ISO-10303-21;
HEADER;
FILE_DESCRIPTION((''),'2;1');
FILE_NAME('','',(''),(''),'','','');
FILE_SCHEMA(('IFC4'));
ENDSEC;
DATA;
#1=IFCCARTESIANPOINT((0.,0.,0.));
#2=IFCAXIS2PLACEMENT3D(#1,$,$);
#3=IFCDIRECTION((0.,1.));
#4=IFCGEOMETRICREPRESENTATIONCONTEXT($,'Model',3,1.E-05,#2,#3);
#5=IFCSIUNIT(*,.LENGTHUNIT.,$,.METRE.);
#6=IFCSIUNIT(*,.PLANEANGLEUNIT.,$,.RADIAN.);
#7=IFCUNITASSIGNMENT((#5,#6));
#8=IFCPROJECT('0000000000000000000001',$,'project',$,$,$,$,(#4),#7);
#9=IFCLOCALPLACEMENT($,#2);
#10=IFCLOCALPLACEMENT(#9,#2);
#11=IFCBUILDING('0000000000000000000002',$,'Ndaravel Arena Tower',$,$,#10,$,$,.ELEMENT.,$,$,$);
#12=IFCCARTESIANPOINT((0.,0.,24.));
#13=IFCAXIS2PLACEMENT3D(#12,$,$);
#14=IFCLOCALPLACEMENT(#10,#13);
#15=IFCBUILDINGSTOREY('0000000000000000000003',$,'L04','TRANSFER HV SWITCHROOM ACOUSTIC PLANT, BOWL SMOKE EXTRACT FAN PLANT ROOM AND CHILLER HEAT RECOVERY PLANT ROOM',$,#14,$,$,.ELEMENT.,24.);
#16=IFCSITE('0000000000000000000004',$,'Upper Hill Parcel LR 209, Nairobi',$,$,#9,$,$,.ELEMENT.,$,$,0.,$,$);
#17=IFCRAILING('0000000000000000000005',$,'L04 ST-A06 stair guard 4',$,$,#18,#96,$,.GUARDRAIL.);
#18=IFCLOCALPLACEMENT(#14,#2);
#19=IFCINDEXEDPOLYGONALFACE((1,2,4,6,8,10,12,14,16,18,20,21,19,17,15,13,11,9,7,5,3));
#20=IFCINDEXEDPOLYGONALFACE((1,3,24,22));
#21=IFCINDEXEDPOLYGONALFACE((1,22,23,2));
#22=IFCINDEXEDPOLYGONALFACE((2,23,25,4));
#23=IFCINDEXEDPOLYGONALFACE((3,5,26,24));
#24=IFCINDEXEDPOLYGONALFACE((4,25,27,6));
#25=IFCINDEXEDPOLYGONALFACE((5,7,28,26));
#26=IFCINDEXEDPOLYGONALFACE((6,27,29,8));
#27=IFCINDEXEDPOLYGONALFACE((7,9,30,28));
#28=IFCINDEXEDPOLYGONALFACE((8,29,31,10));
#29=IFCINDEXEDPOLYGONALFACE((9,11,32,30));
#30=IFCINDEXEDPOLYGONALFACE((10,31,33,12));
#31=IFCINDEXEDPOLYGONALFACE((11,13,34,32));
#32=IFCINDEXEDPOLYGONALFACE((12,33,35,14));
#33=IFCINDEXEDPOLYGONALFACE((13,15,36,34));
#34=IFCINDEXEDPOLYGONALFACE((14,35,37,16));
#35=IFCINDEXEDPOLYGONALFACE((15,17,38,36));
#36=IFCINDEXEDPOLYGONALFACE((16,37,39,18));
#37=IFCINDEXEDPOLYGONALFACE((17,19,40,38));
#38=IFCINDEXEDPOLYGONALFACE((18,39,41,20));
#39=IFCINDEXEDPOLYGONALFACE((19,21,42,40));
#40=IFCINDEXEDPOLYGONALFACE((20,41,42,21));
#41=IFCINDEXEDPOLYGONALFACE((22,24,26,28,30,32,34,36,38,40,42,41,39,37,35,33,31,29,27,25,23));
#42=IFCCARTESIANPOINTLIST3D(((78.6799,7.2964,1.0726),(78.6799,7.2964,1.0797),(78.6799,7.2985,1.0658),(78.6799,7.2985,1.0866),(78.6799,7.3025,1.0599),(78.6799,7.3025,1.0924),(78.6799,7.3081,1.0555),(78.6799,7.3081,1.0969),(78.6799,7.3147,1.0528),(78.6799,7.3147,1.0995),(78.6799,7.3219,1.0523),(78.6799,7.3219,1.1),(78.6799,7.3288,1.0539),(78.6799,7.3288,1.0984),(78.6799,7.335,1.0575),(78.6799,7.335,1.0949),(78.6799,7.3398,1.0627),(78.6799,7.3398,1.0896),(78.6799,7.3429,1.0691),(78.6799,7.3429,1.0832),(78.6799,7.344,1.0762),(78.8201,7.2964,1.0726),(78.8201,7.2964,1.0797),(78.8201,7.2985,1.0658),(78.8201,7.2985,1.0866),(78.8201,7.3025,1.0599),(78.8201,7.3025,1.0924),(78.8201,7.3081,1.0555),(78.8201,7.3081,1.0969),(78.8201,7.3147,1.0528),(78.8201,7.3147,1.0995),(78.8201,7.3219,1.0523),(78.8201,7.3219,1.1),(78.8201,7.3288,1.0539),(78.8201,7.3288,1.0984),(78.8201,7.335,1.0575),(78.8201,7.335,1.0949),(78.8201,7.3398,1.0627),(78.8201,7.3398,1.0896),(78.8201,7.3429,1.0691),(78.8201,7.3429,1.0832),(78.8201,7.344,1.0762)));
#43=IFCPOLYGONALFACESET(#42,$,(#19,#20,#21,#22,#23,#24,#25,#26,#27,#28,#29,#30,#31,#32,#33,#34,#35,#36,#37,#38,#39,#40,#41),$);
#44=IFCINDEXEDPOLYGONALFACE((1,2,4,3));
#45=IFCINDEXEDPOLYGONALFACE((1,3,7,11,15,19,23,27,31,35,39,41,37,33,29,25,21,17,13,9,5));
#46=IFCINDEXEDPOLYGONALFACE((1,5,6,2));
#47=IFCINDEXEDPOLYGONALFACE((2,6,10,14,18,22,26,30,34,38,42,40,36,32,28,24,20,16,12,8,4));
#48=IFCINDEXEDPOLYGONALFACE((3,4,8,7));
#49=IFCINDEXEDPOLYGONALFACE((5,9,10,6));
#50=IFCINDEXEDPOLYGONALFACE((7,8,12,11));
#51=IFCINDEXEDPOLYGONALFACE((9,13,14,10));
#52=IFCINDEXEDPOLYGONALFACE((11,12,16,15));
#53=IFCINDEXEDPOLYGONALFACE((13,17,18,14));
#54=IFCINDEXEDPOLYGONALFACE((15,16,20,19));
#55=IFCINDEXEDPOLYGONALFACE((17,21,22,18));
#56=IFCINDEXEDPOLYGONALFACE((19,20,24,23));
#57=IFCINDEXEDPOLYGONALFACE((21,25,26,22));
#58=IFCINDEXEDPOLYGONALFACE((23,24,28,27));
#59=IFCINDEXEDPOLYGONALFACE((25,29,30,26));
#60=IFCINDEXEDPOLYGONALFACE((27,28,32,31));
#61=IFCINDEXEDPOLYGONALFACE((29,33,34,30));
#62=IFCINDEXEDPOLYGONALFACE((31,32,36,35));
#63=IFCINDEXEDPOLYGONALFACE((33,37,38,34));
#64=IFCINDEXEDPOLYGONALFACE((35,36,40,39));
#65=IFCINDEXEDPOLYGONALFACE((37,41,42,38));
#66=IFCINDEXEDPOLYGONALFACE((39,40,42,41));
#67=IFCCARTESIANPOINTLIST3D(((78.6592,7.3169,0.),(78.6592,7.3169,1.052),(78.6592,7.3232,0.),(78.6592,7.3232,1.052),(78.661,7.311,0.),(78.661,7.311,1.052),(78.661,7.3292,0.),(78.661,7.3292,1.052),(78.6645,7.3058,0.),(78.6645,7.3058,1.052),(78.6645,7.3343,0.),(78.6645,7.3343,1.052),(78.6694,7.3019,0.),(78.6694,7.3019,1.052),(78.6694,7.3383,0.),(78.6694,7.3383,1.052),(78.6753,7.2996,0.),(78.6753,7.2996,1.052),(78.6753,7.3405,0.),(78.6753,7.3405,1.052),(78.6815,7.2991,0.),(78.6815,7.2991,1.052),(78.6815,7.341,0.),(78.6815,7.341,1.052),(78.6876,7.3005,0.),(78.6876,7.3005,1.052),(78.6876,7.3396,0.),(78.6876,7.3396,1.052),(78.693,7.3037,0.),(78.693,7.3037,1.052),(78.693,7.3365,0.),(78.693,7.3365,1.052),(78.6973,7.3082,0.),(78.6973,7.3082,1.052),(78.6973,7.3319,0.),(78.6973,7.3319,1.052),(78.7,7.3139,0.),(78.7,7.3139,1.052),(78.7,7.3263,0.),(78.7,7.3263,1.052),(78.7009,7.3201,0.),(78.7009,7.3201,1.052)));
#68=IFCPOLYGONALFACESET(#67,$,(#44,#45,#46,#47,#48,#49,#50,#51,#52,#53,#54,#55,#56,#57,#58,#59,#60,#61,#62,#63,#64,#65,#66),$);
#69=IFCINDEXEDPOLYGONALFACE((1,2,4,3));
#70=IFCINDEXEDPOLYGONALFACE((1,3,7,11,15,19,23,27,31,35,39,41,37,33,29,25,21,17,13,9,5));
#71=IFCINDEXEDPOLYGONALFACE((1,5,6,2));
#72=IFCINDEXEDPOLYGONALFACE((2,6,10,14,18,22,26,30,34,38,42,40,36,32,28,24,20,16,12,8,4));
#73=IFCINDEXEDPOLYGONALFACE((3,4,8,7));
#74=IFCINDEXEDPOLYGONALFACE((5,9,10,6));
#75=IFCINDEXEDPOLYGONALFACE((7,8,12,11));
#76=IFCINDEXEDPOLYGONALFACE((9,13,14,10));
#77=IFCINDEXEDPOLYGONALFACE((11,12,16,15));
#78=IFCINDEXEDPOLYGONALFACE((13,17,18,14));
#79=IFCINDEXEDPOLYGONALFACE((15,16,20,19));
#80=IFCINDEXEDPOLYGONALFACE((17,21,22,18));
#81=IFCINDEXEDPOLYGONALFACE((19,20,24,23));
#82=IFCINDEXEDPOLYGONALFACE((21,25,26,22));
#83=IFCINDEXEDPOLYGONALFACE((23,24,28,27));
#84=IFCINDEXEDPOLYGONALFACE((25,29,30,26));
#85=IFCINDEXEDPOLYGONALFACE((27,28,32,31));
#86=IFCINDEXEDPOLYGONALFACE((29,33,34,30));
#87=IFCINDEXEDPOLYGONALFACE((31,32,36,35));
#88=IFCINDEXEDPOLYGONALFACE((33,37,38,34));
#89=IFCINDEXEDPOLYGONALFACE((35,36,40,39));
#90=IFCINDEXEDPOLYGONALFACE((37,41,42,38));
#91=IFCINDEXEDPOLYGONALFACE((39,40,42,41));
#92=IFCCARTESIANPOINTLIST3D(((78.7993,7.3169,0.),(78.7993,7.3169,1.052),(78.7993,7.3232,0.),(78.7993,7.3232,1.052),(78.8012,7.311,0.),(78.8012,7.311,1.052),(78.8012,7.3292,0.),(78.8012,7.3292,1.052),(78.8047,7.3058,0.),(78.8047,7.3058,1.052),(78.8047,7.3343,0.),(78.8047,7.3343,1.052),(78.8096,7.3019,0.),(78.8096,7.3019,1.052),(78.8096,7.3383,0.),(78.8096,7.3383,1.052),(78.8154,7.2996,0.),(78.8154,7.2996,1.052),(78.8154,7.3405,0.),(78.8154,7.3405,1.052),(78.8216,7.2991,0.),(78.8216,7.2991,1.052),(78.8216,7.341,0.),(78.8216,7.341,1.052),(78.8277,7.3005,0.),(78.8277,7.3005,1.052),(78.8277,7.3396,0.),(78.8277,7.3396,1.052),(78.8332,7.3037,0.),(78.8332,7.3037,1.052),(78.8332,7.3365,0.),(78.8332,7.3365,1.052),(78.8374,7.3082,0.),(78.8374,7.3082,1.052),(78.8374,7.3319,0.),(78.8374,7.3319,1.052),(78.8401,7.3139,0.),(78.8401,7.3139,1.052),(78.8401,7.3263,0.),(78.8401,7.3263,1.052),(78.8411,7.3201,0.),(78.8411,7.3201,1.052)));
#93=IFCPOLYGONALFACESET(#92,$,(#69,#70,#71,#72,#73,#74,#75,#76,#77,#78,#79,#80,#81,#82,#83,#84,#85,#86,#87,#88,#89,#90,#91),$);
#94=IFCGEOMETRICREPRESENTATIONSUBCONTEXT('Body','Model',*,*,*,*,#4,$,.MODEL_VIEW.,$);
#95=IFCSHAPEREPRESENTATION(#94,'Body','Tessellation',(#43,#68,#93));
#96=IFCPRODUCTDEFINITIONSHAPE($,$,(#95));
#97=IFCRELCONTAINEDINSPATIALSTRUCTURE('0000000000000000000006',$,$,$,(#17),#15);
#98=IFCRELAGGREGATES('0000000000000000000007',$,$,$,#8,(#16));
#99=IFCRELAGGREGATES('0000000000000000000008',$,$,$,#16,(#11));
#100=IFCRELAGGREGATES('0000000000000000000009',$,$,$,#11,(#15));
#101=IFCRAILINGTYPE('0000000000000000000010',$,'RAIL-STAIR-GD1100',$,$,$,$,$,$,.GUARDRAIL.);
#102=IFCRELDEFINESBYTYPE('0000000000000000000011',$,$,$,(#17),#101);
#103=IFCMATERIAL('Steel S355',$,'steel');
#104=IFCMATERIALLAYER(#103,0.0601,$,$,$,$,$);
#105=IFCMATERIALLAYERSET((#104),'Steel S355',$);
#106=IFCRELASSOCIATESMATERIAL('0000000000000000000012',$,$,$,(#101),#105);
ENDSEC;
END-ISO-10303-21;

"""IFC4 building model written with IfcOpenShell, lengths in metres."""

from ifc_helpers import new_model, si_unit, direction, frame, origin, origin_2d, place, context, subcontext, project, spatial, circle, extrude, material, layer, layer_set, type_object, element, save


model = new_model("IFC4")

# Units and contexts
model_context = context("Model", 3, precision=1e-05, world=origin(), true_north=direction((0.0, 1.0)))
body_context = subcontext(model_context, "Body", "Model", "MODEL_VIEW")
ifc_project = project(units=[si_unit("LENGTHUNIT", "METRE"), si_unit("PLANEANGLEUNIT", "RADIAN")], contexts=[model_context])

# Site, building, storey
site_placement = place(None, origin())
site = spatial("IfcSite", under=ifc_project, at=site_placement, Name="Upper Hill Parcel LR 209, Nairobi", CompositionType="ELEMENT", RefElevation=0.0)
building_placement = place(site_placement, origin())
building = spatial("IfcBuilding", under=site, at=building_placement, Name="Ndaravel Arena Tower", CompositionType="ELEMENT")
storey_placement = place(building_placement, frame((0.0, 0.0, 24.0)))
storey = spatial("IfcBuildingStorey", under=building, at=storey_placement, Name="L04", Description="TRANSFER HV SWITCHROOM ACOUSTIC PLANT, BOWL SMOKE EXTRACT FAN PLANT ROOM AND CHILLER HEAT RECOVERY PLANT ROOM", CompositionType="ELEMENT", Elevation=24.0)

# Railing
ifc_material_1 = material(Name="Steel S355", Category="steel")
ifc_layer_1 = layer(ifc_material_1, 0.0601)
ifc_layer_set_1 = layer_set([ifc_layer_1], Name="Steel S355")
railing_type_1 = type_object("IfcRailingType", Name="RAIL-STAIR-GD1100", PredefinedType="GUARDRAIL", material=ifc_layer_set_1)
railing_1_placement = place(storey_placement, frame((78.6799, 7.3201, 0.0)))
element("IfcRailing", 1, at=railing_1_placement, inside=storey, type_object=railing_type_1, Name="L04 ST-A06 stair guard 4", PredefinedType="GUARDRAIL", context=body_context, shape_type="SweptSolid", body=[
    extrude(circle(Radius=0.0239, at=origin_2d()), frame((0.0, 0.0, 1.0762), z_axis=(1.0, 0.0, 0.0), x_axis=(0.0, 1.0, 0.0)), (0.0, 0.0, 1.0), 0.1401),
    extrude(circle(Radius=0.021, at=origin_2d()), origin(), (0.0, 0.0, 1.0), 1.052),
    extrude(circle(Radius=0.021, at=origin_2d()), frame((0.1401, 0.0, 0.0)), (0.0, 0.0, 1.0), 1.052),
])

save(model, "model.ifc")
